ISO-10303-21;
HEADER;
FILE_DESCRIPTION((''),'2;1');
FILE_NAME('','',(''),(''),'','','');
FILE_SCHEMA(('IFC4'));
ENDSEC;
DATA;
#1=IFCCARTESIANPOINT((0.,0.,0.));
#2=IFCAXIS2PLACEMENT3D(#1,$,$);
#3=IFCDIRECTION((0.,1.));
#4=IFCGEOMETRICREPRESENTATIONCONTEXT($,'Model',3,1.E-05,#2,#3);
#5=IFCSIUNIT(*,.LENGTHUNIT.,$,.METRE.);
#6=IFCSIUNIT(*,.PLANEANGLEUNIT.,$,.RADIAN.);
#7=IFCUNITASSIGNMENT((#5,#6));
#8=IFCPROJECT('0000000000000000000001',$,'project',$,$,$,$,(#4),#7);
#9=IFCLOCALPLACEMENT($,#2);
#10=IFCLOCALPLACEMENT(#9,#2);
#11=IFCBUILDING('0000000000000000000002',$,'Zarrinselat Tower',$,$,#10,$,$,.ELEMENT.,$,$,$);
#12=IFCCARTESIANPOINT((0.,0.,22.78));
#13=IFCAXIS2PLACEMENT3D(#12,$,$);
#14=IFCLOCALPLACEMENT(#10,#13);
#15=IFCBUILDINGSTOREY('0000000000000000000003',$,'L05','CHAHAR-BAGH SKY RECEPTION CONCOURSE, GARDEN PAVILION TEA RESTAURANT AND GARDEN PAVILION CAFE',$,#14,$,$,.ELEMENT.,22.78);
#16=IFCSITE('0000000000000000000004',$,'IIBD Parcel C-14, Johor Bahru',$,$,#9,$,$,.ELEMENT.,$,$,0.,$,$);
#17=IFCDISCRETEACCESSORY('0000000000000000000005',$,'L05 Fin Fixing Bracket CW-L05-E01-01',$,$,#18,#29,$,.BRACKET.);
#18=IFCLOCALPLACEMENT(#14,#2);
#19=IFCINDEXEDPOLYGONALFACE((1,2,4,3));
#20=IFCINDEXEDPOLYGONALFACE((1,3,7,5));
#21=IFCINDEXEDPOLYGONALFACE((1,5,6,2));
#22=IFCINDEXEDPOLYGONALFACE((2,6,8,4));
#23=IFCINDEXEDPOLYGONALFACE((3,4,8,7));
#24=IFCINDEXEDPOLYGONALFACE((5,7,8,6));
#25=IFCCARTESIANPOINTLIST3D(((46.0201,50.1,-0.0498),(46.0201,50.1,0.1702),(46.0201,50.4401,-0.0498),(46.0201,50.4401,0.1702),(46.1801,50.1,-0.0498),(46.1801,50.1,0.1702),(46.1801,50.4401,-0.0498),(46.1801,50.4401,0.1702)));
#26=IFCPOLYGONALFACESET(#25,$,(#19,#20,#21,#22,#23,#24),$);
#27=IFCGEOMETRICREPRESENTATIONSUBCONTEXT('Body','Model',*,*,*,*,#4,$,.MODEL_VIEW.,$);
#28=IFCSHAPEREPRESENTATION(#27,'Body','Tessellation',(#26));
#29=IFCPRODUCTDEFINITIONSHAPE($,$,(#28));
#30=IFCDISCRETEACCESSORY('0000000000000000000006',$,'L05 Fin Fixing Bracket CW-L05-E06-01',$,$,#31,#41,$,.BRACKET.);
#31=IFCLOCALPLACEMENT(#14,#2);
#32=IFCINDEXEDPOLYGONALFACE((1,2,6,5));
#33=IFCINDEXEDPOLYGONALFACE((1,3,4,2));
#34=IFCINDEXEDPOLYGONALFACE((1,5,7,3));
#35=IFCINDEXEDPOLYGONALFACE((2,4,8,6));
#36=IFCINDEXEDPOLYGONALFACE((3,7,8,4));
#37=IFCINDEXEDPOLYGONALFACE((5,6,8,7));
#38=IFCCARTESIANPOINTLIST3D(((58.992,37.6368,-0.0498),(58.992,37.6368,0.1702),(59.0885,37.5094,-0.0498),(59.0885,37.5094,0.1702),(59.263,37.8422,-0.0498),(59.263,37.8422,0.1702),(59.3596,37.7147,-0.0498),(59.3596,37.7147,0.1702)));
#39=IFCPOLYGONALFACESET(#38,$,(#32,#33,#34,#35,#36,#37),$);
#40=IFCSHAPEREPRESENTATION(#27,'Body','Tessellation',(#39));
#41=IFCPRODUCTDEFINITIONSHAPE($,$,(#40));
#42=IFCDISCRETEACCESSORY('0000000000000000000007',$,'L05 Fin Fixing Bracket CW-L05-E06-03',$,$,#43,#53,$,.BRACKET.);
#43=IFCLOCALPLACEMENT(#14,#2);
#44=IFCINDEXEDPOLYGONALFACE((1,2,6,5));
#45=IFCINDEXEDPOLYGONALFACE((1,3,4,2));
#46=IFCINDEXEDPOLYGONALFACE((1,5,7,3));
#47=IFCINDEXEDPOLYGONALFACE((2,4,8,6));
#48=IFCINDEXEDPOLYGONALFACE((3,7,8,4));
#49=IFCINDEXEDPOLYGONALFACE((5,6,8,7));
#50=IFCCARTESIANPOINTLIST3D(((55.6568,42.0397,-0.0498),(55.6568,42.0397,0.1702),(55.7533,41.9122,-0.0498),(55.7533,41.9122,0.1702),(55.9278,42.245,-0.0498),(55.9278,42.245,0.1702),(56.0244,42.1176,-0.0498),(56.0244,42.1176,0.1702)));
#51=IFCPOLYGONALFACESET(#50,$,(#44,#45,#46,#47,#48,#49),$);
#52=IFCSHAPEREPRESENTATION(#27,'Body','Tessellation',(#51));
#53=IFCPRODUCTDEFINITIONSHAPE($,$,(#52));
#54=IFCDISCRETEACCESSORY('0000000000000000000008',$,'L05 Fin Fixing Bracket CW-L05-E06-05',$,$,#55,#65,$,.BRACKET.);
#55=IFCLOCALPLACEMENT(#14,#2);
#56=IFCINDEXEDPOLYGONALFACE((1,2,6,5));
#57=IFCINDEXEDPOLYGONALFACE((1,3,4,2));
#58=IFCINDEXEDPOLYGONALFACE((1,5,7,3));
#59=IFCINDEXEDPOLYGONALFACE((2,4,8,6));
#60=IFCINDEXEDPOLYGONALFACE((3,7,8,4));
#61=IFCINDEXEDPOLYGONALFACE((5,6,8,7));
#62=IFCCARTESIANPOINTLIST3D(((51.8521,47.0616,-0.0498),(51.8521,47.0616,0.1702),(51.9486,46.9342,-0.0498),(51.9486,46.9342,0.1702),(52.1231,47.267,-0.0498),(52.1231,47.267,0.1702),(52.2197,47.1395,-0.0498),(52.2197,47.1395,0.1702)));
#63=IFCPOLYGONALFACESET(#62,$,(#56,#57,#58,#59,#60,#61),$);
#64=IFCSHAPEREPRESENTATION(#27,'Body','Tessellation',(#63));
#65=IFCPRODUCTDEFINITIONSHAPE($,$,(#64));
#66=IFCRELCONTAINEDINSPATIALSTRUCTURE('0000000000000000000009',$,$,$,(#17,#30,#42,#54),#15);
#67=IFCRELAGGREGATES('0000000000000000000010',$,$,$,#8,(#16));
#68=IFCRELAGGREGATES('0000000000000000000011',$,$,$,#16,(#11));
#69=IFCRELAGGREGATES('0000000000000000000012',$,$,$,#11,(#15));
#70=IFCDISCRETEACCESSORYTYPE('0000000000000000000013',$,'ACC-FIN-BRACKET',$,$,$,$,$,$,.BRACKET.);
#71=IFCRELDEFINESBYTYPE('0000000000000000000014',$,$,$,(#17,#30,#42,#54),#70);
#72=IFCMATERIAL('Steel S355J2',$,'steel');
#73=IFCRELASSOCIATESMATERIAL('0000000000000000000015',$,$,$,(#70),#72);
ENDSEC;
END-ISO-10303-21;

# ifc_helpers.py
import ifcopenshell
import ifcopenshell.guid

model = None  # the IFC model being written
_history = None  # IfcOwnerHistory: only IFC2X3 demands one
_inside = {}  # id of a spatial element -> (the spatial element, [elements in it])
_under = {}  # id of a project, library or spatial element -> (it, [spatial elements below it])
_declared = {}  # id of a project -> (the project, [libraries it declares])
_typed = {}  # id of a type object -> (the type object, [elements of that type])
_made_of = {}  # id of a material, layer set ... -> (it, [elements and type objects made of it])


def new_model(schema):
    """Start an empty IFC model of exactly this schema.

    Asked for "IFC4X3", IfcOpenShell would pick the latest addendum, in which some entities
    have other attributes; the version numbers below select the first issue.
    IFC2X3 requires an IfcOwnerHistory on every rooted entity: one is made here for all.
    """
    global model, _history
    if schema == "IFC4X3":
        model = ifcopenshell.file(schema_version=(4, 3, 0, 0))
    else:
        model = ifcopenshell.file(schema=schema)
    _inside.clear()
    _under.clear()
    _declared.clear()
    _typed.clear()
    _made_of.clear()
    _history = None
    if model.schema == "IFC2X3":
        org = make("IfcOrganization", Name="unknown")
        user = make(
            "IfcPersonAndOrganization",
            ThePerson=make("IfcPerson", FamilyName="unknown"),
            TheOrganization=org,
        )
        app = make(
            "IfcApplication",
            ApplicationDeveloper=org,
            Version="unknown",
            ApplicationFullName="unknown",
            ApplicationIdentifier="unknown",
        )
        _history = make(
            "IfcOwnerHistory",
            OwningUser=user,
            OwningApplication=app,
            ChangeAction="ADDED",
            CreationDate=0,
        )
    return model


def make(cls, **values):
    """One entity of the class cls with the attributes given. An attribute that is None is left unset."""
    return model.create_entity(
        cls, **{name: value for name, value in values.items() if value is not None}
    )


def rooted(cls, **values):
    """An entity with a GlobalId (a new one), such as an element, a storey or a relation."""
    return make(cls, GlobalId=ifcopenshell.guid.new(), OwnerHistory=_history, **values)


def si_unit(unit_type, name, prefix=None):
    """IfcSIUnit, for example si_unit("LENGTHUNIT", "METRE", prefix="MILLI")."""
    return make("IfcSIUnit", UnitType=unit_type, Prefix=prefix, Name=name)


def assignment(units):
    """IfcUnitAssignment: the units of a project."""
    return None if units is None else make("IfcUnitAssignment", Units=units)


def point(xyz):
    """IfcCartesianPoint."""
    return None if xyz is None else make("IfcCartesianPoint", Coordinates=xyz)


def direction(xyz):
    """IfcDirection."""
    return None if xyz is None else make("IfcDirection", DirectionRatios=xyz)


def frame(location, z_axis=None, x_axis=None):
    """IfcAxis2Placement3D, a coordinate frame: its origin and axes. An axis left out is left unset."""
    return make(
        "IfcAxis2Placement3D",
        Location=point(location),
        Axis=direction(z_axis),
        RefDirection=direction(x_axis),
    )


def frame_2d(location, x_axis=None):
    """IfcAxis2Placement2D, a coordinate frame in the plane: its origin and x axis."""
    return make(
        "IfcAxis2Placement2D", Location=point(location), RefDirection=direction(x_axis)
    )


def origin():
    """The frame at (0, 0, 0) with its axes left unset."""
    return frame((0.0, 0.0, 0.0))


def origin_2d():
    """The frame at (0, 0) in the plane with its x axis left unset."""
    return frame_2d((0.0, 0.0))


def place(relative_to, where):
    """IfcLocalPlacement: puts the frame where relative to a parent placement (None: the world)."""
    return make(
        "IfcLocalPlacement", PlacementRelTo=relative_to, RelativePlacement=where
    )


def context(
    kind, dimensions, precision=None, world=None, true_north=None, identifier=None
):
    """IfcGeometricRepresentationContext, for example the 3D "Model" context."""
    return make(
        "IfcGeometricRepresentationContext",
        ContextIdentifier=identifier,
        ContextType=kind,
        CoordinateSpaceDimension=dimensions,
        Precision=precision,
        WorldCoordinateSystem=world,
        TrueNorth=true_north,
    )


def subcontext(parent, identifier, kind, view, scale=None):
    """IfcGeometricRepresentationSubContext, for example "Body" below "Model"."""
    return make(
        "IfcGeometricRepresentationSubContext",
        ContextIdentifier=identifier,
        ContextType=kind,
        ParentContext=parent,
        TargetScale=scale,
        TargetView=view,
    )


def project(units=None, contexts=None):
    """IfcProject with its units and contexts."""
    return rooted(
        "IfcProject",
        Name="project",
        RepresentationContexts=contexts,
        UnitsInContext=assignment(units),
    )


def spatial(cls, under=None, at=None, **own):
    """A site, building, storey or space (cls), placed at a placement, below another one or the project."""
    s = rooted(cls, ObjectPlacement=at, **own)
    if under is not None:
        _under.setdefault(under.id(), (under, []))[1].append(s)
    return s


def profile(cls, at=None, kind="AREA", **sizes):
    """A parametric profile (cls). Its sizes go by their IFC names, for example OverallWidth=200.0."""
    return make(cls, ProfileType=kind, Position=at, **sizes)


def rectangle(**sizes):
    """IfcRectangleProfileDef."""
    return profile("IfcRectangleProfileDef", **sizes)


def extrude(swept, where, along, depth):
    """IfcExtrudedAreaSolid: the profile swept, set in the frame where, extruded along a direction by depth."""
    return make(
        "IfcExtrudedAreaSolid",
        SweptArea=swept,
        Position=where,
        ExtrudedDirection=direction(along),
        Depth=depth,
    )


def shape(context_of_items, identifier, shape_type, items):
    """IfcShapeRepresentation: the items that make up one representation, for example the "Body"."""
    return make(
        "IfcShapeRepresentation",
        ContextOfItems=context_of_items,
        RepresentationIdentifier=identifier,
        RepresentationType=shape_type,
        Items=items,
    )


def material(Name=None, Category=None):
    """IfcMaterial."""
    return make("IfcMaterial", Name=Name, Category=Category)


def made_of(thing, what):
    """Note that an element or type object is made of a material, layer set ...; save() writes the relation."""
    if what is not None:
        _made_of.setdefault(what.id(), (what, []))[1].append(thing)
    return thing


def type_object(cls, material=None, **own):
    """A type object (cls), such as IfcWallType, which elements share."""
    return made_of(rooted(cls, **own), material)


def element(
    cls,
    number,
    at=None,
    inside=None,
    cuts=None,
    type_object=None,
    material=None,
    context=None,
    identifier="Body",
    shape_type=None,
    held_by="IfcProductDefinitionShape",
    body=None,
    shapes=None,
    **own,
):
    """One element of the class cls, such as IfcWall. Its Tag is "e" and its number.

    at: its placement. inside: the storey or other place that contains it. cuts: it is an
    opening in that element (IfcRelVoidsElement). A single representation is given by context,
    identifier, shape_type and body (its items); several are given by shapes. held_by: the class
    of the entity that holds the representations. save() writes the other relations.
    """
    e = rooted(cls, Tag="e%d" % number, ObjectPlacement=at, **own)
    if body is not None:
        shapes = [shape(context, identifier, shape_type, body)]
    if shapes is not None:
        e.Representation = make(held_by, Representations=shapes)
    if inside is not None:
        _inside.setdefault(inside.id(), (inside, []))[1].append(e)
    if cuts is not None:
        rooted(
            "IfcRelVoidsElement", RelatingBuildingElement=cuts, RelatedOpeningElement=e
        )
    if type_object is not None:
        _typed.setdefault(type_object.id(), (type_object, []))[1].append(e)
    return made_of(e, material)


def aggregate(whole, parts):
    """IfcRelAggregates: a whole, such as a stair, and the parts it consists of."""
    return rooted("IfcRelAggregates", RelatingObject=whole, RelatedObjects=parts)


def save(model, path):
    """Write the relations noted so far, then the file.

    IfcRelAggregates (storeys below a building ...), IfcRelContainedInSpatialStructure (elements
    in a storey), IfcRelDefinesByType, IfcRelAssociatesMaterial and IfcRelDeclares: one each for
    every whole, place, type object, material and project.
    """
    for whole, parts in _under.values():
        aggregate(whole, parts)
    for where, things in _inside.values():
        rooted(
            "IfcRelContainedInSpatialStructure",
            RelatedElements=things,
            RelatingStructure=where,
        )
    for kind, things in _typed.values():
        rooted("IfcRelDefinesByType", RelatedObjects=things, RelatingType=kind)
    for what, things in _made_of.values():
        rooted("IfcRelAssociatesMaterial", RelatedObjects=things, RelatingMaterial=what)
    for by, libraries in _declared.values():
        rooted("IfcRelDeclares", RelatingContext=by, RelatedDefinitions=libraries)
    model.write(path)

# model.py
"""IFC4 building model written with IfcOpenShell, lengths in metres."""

from ifc_helpers import new_model, si_unit, direction, frame, origin, origin_2d, place, context, subcontext, project, spatial, rectangle, extrude, material, type_object, element, save


model = new_model("IFC4")

# Units and contexts
model_context = context("Model", 3, precision=1e-05, world=origin(), true_north=direction((0.0, 1.0)))
body_context = subcontext(model_context, "Body", "Model", "MODEL_VIEW")
ifc_project = project(units=[si_unit("LENGTHUNIT", "METRE"), si_unit("PLANEANGLEUNIT", "RADIAN")], contexts=[model_context])

# Site, building, storey
site_placement = place(None, origin())
site = spatial("IfcSite", under=ifc_project, at=site_placement, Name="IIBD Parcel C-14, Johor Bahru", CompositionType="ELEMENT", RefElevation=0.0)
building_placement = place(site_placement, origin())
building = spatial("IfcBuilding", under=site, at=building_placement, Name="Zarrinselat Tower", CompositionType="ELEMENT")
storey_placement = place(building_placement, frame((0.0, 0.0, 22.78)))
storey = spatial("IfcBuildingStorey", under=building, at=storey_placement, Name="L05", Description="CHAHAR-BAGH SKY RECEPTION CONCOURSE, GARDEN PAVILION TEA RESTAURANT AND GARDEN PAVILION CAFE", CompositionType="ELEMENT", Elevation=22.78)

# Discrete accessories
ifc_material_1 = material(Name="Steel S355J2", Category="steel")
discrete_accessory_type = type_object("IfcDiscreteAccessoryType", Name="ACC-FIN-BRACKET", PredefinedType="BRACKET", material=ifc_material_1)
for number, where, z_axis, x_axis, name in (
    (1, (46.1001, 50.27, -0.0498), (0.0, 0.0, 1.0), (0.0, 1.0, 0.0), "L05 Fin Fixing Bracket CW-L05-E01-01"),
    (2, (59.1758, 37.6758, -0.0498), (0.0, 0.0, 1.0), (0.797092, 0.603858, 0.0), "L05 Fin Fixing Bracket CW-L05-E06-01"),
    (3, (55.8406, 42.0786, -0.0498), (0.0, 0.0, 1.0), (0.797092, 0.603858, 0.0), "L05 Fin Fixing Bracket CW-L05-E06-03"),
    (4, (52.0359, 47.1006, -0.0498), (0.0, 0.0, 1.0), (0.797092, 0.603858, 0.0), "L05 Fin Fixing Bracket CW-L05-E06-05"),
):
    element("IfcDiscreteAccessory", number, at=place(storey_placement, frame(where, z_axis=z_axis, x_axis=x_axis)), inside=storey, type_object=discrete_accessory_type, Name=name, PredefinedType="BRACKET", context=body_context, shape_type="SweptSolid", body=[
        extrude(rectangle(XDim=0.3401, YDim=0.1599, at=origin_2d()), origin(), (0.0, 0.0, 1.0), 0.22),
    ])

save(model, "model.ifc")
